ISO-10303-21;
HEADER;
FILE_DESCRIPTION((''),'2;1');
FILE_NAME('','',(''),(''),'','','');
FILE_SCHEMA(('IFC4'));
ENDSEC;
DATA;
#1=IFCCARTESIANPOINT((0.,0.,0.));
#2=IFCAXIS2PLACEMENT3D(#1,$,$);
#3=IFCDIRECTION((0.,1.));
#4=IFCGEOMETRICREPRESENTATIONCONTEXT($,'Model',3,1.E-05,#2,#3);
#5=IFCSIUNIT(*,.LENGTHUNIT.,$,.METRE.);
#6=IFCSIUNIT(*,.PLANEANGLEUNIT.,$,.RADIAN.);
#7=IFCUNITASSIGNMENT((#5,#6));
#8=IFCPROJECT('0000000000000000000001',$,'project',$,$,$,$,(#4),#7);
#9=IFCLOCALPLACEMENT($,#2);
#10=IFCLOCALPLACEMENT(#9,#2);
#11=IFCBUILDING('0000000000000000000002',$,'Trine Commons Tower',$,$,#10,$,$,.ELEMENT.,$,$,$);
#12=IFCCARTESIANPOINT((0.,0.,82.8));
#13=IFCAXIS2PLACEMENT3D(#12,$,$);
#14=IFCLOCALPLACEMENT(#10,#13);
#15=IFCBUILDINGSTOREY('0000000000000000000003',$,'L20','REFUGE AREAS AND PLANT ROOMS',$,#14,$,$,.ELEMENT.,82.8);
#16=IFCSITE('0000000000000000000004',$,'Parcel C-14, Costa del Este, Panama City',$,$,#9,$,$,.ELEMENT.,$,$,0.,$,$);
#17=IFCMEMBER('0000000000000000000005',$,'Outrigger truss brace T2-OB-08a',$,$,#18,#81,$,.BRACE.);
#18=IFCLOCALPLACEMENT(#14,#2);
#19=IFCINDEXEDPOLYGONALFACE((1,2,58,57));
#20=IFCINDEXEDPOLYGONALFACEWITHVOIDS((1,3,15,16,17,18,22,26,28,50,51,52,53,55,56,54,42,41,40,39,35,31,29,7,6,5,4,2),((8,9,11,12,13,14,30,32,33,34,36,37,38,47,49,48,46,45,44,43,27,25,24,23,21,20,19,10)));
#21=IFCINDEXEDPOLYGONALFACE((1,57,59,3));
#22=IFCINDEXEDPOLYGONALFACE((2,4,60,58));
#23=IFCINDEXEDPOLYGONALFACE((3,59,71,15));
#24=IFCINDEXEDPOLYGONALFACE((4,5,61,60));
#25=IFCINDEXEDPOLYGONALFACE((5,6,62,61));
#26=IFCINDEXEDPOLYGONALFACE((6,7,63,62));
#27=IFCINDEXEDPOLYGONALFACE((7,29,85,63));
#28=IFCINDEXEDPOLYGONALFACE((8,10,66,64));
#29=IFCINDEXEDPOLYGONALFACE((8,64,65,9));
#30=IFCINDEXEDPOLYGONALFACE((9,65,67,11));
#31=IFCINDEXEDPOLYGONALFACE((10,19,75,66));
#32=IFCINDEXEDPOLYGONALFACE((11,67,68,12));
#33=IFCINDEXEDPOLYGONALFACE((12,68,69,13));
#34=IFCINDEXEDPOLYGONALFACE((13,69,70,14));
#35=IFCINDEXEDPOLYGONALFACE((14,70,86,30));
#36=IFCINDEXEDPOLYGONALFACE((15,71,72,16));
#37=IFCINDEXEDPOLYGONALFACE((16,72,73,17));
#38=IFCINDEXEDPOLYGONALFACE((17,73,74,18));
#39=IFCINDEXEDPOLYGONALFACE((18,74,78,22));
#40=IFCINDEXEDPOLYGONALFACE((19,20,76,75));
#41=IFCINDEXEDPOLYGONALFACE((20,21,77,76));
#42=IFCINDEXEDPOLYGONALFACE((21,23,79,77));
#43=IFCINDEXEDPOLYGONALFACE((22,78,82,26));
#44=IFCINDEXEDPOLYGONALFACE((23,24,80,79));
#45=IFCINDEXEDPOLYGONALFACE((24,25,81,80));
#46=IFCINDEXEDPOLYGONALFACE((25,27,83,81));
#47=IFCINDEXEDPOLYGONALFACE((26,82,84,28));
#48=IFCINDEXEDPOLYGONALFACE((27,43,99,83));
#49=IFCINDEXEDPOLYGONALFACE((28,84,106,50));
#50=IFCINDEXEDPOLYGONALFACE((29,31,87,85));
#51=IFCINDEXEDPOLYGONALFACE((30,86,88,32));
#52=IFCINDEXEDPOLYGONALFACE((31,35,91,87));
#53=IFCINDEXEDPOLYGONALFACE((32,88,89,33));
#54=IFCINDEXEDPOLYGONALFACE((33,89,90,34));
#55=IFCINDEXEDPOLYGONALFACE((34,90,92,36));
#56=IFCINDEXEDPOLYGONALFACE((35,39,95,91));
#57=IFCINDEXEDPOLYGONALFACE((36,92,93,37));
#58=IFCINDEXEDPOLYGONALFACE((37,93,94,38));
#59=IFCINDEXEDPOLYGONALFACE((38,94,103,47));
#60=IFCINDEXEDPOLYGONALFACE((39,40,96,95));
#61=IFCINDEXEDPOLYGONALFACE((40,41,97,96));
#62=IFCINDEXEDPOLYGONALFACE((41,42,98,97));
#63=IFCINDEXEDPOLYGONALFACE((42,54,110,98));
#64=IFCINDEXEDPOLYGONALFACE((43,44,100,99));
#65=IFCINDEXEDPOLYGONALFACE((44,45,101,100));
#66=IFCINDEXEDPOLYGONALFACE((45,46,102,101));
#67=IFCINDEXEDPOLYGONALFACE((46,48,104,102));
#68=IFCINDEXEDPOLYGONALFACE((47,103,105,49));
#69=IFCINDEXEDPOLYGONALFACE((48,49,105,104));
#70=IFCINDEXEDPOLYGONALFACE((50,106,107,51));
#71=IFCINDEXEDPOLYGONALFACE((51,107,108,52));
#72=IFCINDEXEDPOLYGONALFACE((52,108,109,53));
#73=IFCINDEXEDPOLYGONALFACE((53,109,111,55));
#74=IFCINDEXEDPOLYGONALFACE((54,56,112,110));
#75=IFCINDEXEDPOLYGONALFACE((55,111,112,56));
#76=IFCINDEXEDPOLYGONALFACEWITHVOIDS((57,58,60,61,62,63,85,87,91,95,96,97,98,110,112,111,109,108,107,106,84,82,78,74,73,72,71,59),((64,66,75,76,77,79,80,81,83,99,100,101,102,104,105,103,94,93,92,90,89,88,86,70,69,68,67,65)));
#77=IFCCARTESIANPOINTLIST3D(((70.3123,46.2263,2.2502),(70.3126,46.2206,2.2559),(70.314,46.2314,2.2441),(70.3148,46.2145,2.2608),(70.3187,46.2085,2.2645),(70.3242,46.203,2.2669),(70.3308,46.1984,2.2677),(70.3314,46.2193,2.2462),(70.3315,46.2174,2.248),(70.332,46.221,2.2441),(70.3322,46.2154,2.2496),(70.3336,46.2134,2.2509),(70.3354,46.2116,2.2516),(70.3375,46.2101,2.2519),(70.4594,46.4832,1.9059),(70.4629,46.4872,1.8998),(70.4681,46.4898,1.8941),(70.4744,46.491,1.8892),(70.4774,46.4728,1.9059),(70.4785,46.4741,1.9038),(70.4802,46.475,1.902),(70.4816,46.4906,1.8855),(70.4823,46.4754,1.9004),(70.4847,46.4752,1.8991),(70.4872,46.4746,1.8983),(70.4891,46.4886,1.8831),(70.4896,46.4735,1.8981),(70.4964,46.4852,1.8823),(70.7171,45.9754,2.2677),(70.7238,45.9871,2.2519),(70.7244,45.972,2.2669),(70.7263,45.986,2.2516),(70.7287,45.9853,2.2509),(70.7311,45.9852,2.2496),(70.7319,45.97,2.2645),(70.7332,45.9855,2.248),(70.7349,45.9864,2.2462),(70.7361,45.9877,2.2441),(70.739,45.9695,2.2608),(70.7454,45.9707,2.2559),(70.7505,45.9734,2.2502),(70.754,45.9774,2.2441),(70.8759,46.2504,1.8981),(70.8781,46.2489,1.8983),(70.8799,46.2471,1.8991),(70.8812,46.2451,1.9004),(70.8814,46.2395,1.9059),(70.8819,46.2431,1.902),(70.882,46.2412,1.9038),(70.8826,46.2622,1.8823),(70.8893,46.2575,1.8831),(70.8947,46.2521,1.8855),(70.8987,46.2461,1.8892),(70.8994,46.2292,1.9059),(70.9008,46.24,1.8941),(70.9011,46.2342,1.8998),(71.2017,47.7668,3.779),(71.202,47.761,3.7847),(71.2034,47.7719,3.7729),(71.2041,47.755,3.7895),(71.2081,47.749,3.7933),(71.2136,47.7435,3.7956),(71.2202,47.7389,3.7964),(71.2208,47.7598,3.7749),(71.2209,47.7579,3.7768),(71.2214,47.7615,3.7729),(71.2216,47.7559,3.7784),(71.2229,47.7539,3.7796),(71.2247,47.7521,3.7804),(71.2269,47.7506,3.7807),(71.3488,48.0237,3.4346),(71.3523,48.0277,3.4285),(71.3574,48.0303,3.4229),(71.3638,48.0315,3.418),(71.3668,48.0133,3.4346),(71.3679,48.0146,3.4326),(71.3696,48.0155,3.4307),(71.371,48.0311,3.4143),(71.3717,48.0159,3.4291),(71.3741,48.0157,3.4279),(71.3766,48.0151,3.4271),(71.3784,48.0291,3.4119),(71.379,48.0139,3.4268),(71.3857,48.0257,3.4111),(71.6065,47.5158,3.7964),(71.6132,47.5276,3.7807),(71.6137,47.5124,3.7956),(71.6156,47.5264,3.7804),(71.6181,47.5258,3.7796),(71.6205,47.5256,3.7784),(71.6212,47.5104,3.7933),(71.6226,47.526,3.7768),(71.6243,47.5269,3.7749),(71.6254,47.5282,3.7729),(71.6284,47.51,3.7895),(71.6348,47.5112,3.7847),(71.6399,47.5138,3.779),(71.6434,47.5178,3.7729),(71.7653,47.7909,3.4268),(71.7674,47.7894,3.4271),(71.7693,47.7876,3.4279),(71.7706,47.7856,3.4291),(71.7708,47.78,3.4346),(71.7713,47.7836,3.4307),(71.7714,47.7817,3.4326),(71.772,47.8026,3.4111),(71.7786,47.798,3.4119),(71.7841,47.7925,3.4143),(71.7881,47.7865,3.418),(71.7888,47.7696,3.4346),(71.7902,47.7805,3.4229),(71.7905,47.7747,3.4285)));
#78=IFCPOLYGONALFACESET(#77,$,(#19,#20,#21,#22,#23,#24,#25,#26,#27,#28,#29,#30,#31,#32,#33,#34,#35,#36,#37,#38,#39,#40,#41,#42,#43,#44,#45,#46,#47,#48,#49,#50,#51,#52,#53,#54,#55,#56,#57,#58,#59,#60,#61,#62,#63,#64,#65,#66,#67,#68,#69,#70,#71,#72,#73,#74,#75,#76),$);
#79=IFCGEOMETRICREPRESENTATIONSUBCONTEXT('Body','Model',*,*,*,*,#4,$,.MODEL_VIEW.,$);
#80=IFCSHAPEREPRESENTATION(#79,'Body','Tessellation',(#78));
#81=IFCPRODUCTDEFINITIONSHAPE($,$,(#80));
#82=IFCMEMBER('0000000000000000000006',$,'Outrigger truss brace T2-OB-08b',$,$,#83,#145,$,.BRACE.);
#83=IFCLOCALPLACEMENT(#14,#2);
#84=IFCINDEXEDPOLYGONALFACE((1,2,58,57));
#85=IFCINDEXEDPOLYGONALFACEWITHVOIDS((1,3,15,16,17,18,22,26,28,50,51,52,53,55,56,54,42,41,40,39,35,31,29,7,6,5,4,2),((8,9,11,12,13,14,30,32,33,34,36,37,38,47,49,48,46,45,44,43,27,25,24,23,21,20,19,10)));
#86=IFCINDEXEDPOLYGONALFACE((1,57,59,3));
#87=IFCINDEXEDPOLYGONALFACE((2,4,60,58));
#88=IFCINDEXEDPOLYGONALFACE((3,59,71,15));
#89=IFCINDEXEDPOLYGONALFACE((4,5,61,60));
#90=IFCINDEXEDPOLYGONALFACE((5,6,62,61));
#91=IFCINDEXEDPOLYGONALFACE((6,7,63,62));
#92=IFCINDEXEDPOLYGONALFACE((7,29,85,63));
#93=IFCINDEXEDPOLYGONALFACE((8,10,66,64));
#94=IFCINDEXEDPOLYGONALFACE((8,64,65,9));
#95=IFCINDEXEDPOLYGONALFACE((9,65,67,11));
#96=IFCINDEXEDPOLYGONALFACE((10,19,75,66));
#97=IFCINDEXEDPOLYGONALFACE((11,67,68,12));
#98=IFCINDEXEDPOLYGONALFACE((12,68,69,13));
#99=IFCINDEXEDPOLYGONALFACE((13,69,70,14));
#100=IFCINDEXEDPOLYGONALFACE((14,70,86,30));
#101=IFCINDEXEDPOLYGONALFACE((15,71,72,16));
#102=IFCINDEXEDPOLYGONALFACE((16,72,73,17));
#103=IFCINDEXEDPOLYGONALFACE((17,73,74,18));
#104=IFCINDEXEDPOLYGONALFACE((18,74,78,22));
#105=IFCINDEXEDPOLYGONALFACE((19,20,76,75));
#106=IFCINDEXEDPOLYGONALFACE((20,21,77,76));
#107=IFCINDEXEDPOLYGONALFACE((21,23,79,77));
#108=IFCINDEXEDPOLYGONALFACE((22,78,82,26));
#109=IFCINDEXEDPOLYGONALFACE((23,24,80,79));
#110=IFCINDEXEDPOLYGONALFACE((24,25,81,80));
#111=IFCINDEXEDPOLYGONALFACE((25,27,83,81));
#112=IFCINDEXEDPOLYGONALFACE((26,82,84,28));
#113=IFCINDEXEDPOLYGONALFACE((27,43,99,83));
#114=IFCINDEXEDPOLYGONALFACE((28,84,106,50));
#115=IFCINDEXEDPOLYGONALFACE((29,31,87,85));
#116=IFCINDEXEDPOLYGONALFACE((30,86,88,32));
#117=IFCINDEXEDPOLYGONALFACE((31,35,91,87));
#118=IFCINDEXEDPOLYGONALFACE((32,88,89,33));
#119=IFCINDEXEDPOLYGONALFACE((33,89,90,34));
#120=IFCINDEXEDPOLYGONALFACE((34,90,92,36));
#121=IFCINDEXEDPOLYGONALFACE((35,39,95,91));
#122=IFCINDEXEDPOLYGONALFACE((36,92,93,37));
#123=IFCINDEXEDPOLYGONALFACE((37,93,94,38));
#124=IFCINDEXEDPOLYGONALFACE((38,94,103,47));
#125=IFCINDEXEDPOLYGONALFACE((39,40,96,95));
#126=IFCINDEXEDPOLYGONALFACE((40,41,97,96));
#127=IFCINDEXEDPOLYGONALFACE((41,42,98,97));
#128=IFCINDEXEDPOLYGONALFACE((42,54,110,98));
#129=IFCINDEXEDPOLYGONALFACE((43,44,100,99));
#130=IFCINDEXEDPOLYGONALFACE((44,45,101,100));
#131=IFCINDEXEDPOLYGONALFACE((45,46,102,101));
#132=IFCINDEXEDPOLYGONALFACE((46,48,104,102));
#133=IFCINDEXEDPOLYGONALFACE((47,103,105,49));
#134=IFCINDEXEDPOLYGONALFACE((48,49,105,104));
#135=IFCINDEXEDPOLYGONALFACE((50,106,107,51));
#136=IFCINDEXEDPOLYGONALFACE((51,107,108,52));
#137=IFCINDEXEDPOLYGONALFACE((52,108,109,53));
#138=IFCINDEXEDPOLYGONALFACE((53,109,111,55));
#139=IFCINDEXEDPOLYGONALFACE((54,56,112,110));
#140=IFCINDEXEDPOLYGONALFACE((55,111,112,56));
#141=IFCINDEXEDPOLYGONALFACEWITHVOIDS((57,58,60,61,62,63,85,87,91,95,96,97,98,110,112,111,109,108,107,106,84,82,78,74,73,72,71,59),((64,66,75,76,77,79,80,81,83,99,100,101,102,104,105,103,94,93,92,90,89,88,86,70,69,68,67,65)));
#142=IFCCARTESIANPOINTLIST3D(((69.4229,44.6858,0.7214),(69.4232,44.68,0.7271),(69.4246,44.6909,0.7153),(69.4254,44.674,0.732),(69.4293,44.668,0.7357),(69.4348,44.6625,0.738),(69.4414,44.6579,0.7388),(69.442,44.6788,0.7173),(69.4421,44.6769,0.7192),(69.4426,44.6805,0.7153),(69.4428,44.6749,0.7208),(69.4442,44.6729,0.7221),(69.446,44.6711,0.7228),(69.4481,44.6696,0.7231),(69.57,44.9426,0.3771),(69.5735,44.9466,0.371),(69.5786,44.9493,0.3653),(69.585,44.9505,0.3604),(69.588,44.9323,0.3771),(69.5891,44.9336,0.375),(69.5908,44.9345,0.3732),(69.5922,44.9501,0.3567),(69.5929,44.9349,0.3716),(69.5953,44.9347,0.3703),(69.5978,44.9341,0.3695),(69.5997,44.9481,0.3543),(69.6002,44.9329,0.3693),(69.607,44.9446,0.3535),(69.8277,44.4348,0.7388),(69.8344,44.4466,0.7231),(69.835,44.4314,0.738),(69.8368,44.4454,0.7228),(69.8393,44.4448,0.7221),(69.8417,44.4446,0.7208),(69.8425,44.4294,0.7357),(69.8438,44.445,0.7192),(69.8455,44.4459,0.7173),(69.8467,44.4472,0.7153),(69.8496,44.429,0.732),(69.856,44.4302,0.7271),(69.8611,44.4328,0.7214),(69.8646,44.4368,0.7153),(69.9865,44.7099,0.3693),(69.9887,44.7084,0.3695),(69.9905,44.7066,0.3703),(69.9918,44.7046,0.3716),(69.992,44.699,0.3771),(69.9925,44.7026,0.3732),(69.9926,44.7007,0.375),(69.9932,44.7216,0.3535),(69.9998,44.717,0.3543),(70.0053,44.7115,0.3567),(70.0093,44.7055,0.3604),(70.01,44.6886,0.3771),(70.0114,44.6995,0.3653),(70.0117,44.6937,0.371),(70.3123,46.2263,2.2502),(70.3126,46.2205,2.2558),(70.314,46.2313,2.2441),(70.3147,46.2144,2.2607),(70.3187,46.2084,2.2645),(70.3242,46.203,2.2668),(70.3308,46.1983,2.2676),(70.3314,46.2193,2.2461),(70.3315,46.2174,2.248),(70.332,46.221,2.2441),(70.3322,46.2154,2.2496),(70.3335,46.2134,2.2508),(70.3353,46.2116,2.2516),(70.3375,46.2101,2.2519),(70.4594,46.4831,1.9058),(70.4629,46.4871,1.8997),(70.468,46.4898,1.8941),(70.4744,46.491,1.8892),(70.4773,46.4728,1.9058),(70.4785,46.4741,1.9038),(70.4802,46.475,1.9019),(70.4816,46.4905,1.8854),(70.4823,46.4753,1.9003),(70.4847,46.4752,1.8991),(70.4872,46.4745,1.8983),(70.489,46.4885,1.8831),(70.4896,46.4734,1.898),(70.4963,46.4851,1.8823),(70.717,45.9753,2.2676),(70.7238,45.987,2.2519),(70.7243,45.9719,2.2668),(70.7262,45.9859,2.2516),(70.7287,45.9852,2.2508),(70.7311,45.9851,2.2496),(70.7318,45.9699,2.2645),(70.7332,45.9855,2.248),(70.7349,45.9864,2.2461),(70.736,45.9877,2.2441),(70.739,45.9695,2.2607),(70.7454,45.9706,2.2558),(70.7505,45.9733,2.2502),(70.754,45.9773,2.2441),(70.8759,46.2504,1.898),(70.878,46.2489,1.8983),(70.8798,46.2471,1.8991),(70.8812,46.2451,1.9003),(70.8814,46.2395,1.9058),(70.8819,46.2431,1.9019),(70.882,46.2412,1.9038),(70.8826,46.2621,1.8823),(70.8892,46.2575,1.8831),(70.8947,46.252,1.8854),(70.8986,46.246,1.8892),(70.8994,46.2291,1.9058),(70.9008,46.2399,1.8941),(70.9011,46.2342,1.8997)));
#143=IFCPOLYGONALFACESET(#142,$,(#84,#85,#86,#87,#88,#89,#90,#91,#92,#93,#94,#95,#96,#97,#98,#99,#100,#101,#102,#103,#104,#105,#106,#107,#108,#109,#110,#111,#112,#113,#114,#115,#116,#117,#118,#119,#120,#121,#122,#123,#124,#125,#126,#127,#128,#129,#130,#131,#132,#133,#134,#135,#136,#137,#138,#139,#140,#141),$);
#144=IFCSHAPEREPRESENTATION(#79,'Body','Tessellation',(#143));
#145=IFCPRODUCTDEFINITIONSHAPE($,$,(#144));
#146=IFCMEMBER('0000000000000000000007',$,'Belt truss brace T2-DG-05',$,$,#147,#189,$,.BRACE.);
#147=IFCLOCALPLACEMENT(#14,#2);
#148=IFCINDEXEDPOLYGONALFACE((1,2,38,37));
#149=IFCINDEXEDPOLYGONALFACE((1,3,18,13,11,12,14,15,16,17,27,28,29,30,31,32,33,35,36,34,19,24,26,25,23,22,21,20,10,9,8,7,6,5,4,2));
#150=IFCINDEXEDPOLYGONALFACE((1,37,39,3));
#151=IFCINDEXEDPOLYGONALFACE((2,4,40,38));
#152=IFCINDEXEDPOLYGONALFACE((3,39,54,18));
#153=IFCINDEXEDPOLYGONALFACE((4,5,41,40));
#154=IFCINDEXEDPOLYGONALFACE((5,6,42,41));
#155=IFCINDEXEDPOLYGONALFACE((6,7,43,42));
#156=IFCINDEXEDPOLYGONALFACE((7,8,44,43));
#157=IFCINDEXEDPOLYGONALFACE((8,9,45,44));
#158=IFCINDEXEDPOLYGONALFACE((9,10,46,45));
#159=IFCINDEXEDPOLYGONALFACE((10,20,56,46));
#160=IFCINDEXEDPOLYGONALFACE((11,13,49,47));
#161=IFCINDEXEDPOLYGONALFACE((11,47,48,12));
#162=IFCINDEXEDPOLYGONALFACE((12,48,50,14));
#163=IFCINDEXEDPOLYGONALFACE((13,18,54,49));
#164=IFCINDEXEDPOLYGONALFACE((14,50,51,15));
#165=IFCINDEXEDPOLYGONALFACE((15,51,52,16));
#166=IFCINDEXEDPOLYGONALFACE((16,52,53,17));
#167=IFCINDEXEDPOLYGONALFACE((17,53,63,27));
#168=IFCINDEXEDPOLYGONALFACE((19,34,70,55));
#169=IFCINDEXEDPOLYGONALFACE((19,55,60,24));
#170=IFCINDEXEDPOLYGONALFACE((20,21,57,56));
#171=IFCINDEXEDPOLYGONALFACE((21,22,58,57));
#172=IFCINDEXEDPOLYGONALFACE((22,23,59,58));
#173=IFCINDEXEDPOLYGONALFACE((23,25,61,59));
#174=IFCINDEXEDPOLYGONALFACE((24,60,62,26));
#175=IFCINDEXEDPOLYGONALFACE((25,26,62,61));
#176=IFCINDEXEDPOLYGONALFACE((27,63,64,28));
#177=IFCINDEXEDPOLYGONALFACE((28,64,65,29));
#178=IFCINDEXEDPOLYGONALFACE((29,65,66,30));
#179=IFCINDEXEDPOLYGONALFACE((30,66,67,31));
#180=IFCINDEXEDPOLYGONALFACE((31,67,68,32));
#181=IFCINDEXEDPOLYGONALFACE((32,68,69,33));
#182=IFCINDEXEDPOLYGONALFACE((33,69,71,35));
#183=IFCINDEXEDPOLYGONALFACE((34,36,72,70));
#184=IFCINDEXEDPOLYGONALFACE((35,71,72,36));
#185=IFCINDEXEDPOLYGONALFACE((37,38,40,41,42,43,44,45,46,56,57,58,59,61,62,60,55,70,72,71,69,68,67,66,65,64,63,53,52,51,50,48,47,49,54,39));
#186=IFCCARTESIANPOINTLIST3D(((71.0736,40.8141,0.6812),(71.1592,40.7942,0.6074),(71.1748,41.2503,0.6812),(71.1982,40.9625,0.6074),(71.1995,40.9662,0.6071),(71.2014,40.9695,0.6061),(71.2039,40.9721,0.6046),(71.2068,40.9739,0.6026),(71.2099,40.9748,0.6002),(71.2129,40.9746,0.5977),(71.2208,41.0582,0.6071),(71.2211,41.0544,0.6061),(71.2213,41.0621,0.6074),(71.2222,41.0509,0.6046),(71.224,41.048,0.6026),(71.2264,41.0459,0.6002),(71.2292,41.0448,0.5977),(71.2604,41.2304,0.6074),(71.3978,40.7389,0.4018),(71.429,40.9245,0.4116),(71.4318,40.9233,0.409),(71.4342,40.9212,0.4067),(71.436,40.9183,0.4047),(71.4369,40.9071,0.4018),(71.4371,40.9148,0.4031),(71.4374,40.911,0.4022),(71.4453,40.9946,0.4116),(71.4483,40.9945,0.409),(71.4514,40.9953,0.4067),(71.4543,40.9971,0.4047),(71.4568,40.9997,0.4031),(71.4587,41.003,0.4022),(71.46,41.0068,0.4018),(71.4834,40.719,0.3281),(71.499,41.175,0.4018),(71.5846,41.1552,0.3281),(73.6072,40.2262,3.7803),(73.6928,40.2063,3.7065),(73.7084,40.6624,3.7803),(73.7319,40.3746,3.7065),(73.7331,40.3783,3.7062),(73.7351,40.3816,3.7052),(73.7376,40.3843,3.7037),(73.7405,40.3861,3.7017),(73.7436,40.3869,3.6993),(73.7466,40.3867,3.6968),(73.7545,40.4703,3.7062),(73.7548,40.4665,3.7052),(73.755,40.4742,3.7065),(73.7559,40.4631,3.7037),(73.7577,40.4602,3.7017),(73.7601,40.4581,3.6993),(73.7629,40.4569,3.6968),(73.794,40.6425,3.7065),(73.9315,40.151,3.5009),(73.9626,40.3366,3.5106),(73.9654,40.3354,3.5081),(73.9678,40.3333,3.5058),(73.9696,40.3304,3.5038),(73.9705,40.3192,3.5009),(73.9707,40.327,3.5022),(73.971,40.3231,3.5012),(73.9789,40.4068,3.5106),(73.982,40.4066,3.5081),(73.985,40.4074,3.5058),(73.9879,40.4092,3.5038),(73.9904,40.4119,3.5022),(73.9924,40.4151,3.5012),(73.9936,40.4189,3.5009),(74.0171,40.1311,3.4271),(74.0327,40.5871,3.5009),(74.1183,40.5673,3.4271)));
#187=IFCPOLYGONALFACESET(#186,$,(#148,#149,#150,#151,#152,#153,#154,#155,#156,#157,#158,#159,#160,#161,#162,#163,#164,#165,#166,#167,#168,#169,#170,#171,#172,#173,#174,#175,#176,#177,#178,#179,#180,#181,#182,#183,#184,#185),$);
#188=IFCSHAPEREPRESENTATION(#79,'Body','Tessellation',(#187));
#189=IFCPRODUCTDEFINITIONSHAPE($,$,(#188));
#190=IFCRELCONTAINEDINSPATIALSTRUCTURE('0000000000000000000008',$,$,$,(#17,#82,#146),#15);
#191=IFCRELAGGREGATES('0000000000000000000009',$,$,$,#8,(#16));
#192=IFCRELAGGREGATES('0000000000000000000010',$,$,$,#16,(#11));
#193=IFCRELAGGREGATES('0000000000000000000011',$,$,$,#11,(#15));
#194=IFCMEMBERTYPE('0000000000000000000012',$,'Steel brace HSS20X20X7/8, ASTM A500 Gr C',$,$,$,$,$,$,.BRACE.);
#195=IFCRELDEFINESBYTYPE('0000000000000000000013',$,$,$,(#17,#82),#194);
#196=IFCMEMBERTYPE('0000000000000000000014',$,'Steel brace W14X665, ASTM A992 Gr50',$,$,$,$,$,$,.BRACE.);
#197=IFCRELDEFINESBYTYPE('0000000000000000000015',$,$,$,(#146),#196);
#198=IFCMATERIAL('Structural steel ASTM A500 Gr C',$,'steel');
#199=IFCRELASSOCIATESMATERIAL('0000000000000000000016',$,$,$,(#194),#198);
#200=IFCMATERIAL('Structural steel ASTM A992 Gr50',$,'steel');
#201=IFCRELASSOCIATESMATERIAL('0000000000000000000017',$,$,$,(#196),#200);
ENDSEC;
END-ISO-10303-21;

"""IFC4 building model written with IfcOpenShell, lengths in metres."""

from ifc_helpers import new_model, si_unit, direction, frame, origin, origin_2d, place, context, subcontext, project, spatial, hollow_rectangle, i_section, extrude, material, material_profile, profile_set, type_object, element, save


model = new_model("IFC4")

# Units and contexts
model_context = context("Model", 3, precision=1e-05, world=origin(), true_north=direction((0.0, 1.0)))
body_context = subcontext(model_context, "Body", "Model", "MODEL_VIEW")
ifc_project = project(units=[si_unit("LENGTHUNIT", "METRE"), si_unit("PLANEANGLEUNIT", "RADIAN")], contexts=[model_context])

# Site, building, storey
site_placement = place(None, origin())
site = spatial("IfcSite", under=ifc_project, at=site_placement, Name="Parcel C-14, Costa del Este, Panama City", CompositionType="ELEMENT", RefElevation=0.0)
building_placement = place(site_placement, origin())
building = spatial("IfcBuilding", under=site, at=building_placement, Name="Trine Commons Tower", CompositionType="ELEMENT")
storey_placement = place(building_placement, frame((0.0, 0.0, 82.8)))
storey = spatial("IfcBuildingStorey", under=building, at=storey_placement, Name="L20", Description="REFUGE AREAS AND PLANT ROOMS", CompositionType="ELEMENT", Elevation=82.8)

# Members
ifc_material_1 = material(Name="Structural steel ASTM A500 Gr C", Category="steel")
ifc_material_profile_1 = material_profile(ifc_material_1, hollow_rectangle(XDim=0.5081, YDim=0.5081, WallThickness=0.0208, InnerFilletRadius=0.0103, OuterFilletRadius=0.031, at=origin_2d()), Name="HSS20X20X7/8")
ifc_profile_set_1 = profile_set([ifc_material_profile_1], Name="Structural steel ASTM A500 Gr C")
member_type_1 = type_object("IfcMemberType", Name="Steel brace HSS20X20X7/8, ASTM A500 Gr C", PredefinedType="BRACE", material=ifc_profile_set_1)
for number, where, z_axis, x_axis, name in (
    (1, (71.4961, 47.7708, 3.6038), (-0.379191, -0.656792, -0.651796), (0.86603, -0.499992, 0.0), "Outrigger truss brace T2-OB-08a"),
    (2, (70.6067, 46.2302, 2.075), (-0.379191, -0.656792, -0.651796), (0.86603, -0.499992, 0.0), "Outrigger truss brace T2-OB-08b"),
):
    element("IfcMember", number, at=place(storey_placement, frame(where, z_axis=z_axis, x_axis=x_axis)), inside=storey, type_object=member_type_1, Name=name, PredefinedType="BRACE", context=body_context, shape_type="SweptSolid", body=[
        extrude(hollow_rectangle(XDim=0.5081, YDim=0.5081, WallThickness=0.0208, InnerFilletRadius=0.0103, OuterFilletRadius=0.031, at=origin_2d()), origin(), (0.0, 0.0, 1.0), 2.3455),
    ])
ifc_material_2 = material(Name="Structural steel ASTM A992 Gr50", Category="steel")
ifc_material_profile_2 = material_profile(ifc_material_2, i_section(OverallWidth=0.4478, OverallDepth=0.5493, WebThickness=0.072, FlangeThickness=0.1147, FilletRadius=0.0151, at=origin_2d()), Name="W14X665")
ifc_profile_set_2 = profile_set([ifc_material_profile_2], Name="Structural steel ASTM A992 Gr50")
member_type_2 = type_object("IfcMemberType", Name="Steel brace W14X665, ASTM A992 Gr50", PredefinedType="BRACE", material=ifc_profile_set_2)
member_1_placement = place(storey_placement, frame((71.3291, 40.9846, 0.5046), z_axis=(0.626228, -0.145303, 0.76598), x_axis=(0.226025, 0.974122, 0.0)))
element("IfcMember", 3, at=member_1_placement, inside=storey, type_object=member_type_2, Name="Belt truss brace T2-DG-05", PredefinedType="BRACE", context=body_context, shape_type="SweptSolid", body=[
    extrude(i_section(OverallWidth=0.4478, OverallDepth=0.5493, WebThickness=0.072, FlangeThickness=0.1147, FilletRadius=0.0151, at=origin_2d()), origin(), (0.0, 0.0, 1.0), 4.0459),
])

save(model, "model.ifc")
